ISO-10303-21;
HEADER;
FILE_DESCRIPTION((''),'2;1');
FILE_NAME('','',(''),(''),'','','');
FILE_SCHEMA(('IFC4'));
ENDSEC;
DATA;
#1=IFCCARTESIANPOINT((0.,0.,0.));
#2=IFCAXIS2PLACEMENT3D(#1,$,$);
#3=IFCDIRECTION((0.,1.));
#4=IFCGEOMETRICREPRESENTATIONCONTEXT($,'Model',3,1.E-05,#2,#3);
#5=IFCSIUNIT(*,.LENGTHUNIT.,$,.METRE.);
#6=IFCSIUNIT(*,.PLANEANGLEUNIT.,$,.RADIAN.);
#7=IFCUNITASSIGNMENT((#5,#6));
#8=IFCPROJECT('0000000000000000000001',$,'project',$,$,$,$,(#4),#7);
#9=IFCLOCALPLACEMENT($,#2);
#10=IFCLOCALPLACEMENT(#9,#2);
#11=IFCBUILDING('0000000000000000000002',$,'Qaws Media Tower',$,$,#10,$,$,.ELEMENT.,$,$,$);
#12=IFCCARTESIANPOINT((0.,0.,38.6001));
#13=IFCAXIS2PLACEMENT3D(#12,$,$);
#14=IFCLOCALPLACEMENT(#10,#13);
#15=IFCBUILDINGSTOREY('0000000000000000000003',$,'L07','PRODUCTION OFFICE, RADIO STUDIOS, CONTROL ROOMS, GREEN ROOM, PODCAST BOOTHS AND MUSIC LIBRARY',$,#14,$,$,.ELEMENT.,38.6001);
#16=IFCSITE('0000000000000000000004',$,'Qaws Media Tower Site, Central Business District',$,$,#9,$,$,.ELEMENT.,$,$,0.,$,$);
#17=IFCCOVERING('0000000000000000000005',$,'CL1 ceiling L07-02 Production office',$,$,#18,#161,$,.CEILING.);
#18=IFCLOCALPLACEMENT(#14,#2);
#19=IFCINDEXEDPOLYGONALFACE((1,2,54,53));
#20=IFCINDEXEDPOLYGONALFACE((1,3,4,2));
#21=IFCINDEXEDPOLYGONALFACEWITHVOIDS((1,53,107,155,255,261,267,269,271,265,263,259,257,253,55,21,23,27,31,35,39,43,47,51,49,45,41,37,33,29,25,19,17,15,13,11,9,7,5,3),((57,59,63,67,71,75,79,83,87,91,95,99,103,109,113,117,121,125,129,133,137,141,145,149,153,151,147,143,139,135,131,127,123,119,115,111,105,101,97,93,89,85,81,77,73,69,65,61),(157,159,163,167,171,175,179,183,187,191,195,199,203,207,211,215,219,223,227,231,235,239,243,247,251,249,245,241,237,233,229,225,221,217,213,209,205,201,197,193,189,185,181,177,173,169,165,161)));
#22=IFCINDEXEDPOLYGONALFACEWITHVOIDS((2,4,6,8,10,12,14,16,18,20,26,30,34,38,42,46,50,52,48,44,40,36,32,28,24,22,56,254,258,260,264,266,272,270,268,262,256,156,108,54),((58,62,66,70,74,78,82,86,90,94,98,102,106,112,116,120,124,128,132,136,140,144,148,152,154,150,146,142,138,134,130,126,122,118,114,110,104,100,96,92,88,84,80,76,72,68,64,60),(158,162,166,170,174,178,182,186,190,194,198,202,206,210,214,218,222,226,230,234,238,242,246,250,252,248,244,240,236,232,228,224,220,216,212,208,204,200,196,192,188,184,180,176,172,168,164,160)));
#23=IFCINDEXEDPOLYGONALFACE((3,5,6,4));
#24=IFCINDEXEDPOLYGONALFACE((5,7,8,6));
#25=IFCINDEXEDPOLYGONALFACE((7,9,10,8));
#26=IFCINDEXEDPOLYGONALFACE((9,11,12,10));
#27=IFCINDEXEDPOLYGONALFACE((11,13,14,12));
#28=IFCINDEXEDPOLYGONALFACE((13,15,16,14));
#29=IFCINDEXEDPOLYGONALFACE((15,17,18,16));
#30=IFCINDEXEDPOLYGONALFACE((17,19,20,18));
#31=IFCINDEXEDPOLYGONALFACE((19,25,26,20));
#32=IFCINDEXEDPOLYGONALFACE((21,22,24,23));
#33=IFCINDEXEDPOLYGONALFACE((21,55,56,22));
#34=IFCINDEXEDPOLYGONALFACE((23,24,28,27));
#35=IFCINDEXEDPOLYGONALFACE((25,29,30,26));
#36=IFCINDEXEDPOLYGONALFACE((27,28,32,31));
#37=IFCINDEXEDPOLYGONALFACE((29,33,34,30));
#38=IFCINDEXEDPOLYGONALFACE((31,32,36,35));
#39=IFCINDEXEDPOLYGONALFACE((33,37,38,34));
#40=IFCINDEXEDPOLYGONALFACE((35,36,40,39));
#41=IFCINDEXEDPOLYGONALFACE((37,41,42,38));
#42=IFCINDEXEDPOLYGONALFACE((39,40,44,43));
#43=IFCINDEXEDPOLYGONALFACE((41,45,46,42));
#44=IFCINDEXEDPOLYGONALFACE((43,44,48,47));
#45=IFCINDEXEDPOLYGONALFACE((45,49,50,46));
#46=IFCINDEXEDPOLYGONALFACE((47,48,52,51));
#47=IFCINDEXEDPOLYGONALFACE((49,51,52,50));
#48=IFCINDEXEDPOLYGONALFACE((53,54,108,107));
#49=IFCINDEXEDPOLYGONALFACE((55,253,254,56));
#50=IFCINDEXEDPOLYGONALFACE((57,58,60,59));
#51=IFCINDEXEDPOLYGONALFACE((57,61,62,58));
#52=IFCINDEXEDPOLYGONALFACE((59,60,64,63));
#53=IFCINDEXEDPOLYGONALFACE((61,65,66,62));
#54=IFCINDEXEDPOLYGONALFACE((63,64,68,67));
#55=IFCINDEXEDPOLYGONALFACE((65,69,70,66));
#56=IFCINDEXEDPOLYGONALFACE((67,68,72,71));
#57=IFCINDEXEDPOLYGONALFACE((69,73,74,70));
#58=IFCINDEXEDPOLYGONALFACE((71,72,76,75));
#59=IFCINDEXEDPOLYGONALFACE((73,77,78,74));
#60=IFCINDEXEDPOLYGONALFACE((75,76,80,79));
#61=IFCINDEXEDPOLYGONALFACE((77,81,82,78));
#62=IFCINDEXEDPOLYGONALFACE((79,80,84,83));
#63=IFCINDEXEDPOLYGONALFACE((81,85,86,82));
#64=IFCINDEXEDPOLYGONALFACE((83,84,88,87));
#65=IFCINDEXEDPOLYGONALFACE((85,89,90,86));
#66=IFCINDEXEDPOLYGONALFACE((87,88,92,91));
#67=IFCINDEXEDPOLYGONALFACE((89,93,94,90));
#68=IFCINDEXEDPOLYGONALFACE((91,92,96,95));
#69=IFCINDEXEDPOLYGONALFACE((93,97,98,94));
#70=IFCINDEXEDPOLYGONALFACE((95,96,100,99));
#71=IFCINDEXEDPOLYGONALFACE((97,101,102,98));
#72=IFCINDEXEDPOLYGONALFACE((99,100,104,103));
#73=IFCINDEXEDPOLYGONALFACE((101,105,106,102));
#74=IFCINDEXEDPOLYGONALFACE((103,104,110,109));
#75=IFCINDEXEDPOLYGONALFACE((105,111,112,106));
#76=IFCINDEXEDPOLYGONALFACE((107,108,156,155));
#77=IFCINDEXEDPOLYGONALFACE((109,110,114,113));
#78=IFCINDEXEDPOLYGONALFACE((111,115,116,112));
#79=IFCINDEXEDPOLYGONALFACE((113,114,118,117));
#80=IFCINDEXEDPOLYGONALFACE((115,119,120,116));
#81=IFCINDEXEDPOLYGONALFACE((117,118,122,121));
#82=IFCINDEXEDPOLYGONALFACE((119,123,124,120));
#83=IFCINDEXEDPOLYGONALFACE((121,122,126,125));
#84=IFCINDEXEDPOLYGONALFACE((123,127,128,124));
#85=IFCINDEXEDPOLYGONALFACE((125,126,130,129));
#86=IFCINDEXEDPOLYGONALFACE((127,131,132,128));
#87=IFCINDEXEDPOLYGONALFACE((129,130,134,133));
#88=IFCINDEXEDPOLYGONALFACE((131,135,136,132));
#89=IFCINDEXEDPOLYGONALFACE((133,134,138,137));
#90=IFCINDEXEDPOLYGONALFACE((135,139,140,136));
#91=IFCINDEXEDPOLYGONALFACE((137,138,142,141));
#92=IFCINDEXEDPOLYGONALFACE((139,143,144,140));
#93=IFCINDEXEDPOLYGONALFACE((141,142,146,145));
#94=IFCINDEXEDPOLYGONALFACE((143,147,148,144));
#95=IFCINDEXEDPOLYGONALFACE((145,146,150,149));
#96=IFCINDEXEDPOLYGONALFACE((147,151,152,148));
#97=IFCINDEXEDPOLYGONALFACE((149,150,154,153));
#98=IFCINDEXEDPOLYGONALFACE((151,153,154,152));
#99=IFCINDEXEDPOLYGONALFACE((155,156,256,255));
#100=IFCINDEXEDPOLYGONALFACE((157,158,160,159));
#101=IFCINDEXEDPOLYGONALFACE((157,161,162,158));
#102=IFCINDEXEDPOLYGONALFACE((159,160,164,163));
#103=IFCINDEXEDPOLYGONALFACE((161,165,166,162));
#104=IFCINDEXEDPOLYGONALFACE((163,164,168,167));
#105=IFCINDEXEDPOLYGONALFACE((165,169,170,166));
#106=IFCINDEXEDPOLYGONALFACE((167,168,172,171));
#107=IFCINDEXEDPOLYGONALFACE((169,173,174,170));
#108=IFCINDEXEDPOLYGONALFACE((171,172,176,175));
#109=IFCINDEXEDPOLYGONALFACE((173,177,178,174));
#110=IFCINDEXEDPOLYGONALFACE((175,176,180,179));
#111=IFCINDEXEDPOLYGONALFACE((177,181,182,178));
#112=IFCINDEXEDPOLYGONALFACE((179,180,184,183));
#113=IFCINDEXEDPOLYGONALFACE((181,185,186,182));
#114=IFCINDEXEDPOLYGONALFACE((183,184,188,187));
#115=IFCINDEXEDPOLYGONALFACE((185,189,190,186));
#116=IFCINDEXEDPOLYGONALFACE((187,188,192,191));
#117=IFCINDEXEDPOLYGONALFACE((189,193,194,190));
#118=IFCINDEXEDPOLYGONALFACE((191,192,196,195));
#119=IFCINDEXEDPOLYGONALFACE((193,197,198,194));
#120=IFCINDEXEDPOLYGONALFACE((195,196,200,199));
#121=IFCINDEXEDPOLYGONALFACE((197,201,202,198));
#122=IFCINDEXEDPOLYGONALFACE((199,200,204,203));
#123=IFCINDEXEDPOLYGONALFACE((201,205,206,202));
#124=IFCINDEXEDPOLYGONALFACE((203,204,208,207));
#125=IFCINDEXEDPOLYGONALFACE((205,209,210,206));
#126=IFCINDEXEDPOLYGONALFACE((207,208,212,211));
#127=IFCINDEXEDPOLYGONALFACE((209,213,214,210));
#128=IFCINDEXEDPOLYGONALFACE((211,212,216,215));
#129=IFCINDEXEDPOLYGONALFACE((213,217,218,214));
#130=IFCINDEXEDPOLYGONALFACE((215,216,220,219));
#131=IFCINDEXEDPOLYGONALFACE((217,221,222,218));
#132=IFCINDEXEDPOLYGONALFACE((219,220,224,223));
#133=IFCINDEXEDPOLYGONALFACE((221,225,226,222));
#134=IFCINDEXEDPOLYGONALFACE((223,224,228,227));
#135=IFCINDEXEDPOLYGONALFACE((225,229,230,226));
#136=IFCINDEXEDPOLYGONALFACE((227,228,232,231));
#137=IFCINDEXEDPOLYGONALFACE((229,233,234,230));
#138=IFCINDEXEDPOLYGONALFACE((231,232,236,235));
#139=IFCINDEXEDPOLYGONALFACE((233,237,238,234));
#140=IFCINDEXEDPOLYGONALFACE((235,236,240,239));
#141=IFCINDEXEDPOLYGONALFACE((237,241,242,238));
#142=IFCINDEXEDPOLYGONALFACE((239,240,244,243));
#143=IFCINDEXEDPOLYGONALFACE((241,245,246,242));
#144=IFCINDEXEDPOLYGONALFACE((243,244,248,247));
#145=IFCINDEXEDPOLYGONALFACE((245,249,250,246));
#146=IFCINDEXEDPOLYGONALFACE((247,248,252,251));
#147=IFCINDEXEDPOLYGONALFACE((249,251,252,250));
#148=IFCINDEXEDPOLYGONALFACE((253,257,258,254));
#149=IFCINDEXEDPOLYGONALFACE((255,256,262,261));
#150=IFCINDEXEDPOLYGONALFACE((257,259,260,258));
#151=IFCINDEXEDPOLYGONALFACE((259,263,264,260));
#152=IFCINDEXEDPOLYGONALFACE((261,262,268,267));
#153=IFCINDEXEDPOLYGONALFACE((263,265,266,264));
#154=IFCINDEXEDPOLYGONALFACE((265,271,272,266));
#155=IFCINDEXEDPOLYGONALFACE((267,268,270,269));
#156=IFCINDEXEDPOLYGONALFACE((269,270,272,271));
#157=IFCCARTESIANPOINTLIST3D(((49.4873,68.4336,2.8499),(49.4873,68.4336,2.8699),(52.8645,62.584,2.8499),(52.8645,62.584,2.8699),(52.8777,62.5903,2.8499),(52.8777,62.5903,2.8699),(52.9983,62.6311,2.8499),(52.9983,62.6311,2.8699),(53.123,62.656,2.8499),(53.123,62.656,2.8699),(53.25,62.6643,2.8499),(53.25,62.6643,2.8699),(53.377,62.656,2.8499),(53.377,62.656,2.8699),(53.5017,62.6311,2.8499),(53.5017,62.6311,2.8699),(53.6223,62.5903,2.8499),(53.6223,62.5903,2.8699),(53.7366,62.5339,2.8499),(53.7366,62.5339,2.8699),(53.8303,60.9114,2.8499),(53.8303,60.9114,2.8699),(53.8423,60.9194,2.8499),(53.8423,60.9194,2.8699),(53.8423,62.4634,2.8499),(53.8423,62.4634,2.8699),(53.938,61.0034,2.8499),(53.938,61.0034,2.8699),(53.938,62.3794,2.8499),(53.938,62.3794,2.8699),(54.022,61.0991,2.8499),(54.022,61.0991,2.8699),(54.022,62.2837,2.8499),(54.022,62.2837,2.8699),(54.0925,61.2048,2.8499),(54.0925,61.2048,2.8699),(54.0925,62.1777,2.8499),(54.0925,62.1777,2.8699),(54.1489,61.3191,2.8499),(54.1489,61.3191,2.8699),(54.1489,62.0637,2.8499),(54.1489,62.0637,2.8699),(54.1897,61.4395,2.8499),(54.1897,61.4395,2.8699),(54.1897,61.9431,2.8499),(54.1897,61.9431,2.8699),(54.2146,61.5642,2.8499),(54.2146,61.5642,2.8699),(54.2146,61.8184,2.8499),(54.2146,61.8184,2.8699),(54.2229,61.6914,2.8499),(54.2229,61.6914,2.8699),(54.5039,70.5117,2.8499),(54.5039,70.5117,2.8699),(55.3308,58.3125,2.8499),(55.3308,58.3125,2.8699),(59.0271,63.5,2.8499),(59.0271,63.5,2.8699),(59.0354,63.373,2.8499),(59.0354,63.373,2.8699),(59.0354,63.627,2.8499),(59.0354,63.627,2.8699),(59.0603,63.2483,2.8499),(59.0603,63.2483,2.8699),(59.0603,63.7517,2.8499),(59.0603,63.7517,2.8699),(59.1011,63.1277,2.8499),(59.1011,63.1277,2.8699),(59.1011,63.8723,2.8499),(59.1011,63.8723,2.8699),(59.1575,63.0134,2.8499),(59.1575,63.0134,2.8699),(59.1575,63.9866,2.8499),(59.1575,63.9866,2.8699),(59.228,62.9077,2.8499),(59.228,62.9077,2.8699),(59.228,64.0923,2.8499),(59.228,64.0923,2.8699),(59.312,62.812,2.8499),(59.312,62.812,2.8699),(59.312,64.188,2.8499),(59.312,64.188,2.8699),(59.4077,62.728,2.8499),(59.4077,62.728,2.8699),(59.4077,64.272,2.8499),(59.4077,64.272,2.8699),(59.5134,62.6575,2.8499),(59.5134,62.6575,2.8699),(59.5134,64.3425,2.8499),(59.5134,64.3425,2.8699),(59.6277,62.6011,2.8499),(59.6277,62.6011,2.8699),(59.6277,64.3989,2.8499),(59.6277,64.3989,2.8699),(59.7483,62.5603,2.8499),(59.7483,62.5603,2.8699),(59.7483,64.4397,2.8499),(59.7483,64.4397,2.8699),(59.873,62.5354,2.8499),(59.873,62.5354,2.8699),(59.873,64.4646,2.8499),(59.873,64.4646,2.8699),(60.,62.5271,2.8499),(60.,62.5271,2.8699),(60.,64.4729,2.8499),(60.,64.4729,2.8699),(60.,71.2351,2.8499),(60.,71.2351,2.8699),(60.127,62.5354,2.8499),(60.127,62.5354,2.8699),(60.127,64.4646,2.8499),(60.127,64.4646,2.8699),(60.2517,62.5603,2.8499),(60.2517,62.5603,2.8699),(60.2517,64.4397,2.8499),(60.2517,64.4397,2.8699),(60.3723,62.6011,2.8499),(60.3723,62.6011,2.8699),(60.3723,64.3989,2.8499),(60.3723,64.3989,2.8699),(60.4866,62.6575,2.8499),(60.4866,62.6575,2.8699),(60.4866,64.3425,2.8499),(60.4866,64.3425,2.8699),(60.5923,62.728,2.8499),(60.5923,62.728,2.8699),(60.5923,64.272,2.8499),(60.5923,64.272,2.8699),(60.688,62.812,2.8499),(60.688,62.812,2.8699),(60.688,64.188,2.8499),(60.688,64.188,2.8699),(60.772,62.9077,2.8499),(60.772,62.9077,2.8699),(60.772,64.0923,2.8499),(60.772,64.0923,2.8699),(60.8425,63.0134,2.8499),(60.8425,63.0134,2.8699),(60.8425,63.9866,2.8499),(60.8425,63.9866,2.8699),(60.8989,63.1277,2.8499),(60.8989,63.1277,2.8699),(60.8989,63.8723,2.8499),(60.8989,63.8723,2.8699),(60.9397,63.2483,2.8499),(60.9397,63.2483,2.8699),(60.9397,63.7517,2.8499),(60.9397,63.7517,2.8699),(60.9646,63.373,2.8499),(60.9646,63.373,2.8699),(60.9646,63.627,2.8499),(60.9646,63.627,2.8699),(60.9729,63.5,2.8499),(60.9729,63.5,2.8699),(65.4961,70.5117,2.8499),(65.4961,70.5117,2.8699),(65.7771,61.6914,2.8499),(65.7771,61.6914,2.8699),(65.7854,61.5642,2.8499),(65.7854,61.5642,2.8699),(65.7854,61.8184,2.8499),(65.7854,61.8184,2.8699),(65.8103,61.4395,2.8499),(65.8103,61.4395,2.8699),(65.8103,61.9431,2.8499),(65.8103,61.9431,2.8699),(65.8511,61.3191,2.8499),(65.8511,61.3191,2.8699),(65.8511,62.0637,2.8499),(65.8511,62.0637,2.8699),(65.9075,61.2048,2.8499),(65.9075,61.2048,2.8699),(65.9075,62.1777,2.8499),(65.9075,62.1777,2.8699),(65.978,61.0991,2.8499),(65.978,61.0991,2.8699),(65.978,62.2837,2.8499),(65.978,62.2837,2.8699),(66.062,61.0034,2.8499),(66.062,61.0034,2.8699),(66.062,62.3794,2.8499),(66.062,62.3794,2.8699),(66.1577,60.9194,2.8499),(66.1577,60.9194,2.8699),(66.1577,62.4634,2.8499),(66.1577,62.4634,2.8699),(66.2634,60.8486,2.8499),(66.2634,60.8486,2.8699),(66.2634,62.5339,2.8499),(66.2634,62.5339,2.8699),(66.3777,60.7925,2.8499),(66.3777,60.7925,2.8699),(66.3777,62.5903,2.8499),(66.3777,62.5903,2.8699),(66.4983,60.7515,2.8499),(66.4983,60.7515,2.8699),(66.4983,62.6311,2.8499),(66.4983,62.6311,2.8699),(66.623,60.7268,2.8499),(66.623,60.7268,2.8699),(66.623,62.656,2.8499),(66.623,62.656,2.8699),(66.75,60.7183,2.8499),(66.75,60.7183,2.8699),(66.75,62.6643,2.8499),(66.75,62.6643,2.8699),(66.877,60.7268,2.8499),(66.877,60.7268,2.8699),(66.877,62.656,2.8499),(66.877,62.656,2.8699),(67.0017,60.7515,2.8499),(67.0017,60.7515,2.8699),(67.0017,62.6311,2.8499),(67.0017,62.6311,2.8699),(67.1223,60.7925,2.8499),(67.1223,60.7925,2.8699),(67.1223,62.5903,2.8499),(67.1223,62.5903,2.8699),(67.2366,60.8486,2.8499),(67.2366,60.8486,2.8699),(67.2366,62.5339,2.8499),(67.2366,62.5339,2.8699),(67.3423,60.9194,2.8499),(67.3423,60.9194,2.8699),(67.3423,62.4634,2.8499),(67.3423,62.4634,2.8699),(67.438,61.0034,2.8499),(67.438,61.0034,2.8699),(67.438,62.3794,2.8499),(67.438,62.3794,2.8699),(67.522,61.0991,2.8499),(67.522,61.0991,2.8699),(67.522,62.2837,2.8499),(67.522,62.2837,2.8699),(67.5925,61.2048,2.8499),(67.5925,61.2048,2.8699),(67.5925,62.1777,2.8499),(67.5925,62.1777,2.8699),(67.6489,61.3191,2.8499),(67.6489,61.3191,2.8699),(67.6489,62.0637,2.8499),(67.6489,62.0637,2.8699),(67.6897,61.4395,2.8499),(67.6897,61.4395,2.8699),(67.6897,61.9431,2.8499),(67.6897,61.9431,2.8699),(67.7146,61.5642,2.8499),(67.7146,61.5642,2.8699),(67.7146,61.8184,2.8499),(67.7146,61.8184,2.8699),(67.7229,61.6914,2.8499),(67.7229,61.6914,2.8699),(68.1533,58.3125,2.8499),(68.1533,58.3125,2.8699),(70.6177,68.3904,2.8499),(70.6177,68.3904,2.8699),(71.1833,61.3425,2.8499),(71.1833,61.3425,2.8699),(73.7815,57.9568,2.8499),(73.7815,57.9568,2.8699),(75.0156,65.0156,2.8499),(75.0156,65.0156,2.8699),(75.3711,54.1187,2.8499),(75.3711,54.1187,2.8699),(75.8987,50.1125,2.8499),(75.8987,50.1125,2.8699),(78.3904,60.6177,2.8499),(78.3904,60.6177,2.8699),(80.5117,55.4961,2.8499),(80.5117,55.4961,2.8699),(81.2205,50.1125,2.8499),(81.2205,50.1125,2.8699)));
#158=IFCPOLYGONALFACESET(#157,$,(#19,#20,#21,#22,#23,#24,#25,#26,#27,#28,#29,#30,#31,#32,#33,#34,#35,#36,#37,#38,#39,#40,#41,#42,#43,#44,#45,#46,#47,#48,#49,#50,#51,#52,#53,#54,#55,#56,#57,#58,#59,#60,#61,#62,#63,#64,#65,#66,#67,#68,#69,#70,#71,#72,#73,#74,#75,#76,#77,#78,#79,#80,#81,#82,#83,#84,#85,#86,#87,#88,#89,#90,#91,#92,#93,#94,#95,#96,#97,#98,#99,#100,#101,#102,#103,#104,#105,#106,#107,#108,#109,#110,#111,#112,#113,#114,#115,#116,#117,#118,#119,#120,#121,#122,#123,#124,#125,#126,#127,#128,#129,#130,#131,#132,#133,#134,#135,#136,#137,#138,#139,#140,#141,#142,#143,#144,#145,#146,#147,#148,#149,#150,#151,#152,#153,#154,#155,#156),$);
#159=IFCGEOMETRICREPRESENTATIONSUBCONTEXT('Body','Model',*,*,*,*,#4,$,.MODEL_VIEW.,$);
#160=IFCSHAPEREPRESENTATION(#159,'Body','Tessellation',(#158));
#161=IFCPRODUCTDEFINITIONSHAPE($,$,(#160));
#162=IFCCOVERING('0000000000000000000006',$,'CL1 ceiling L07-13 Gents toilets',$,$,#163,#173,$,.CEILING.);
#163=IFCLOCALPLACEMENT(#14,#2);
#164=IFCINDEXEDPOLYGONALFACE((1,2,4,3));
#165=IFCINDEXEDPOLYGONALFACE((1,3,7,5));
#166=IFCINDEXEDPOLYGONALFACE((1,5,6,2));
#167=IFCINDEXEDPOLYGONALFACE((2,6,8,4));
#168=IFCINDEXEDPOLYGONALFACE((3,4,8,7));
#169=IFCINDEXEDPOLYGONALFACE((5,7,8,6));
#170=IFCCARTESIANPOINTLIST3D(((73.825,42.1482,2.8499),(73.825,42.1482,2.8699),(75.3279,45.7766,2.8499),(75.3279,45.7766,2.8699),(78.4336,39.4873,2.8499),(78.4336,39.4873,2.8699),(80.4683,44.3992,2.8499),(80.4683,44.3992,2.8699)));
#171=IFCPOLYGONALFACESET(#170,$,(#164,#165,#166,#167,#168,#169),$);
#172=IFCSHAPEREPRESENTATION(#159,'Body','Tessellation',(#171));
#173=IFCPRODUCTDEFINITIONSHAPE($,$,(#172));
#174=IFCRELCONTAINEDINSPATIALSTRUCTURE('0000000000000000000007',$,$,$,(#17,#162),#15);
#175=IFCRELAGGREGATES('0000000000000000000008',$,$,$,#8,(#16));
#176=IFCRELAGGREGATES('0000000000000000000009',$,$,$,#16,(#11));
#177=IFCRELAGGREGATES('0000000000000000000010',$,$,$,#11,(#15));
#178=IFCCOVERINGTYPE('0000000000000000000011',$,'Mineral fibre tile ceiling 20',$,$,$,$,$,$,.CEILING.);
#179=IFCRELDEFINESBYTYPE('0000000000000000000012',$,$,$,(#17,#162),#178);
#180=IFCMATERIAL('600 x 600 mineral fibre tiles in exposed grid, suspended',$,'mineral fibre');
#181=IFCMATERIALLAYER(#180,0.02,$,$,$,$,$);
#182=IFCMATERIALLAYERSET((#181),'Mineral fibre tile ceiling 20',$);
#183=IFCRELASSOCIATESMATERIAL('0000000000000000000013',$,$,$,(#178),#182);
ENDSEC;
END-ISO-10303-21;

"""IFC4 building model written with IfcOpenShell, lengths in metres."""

from ifc_helpers import new_model, si_unit, direction, frame, origin, place, context, subcontext, project, spatial, polyline, outline, extrude, material, layer, layer_set, type_object, element, save


model = new_model("IFC4")

# Units and contexts
model_context = context("Model", 3, precision=1e-05, world=origin(), true_north=direction((0.0, 1.0)))
body_context = subcontext(model_context, "Body", "Model", "MODEL_VIEW")
ifc_project = project(units=[si_unit("LENGTHUNIT", "METRE"), si_unit("PLANEANGLEUNIT", "RADIAN")], contexts=[model_context])

# Site, building, storey
site_placement = place(None, origin())
site = spatial("IfcSite", under=ifc_project, at=site_placement, Name="Qaws Media Tower Site, Central Business District", CompositionType="ELEMENT", RefElevation=0.0)
building_placement = place(site_placement, origin())
building = spatial("IfcBuilding", under=site, at=building_placement, Name="Qaws Media Tower", CompositionType="ELEMENT")
storey_placement = place(building_placement, frame((0.0, 0.0, 38.6001)))
storey = spatial("IfcBuildingStorey", under=building, at=storey_placement, Name="L07", Description="PRODUCTION OFFICE, RADIO STUDIOS, CONTROL ROOMS, GREEN ROOM, PODCAST BOOTHS AND MUSIC LIBRARY", CompositionType="ELEMENT", Elevation=38.6001)

# Coverings
ifc_material_1 = material(Name="600 x 600 mineral fibre tiles in exposed grid, suspended", Category="mineral fibre")
ifc_layer_1 = layer(ifc_material_1, 0.02)
ifc_layer_set_1 = layer_set([ifc_layer_1], Name="Mineral fibre tile ceiling 20")
covering_type_1 = type_object("IfcCoveringType", Name="Mineral fibre tile ceiling 20", PredefinedType="CEILING", material=ifc_layer_set_1)
covering_1_placement = place(storey_placement, frame((0.0, 0.0, 2.8499)))
element("IfcCovering", 1, at=covering_1_placement, inside=storey, type_object=covering_type_1, Name="CL1 ceiling L07-02 Production office", PredefinedType="CEILING", context=body_context, shape_type="SweptSolid", body=[
    extrude(outline(polyline([(54.5039, 70.5117), (60.0, 71.2351), (65.4961, 70.5117), (70.6177, 68.3904), (75.0156, 65.0156), (78.3904, 60.6177), (80.5117, 55.4961), (81.2205, 50.1125), (75.8987, 50.1125), (75.3711, 54.1187), (73.7815, 57.9568), (71.1833, 61.3425), (68.1533, 58.3125), (55.3308, 58.3125), (53.8303, 60.9114), (53.8423, 60.9194), (53.938, 61.0034), (54.022, 61.0991), (54.0925, 61.2048), (54.1489, 61.3191), (54.1897, 61.4395), (54.2146, 61.5642), (54.2229, 61.6914), (54.2146, 61.8184), (54.1897, 61.9431), (54.1489, 62.0637), (54.0925, 62.1777), (54.022, 62.2837), (53.938, 62.3794), (53.8423, 62.4634), (53.7366, 62.5339), (53.6223, 62.5903), (53.5017, 62.6311), (53.377, 62.656), (53.25, 62.6643), (53.123, 62.656), (52.9983, 62.6311), (52.8777, 62.5903), (52.8645, 62.584), (49.4873, 68.4336), (54.5039, 70.5117)]), holes=[polyline([(60.8989, 63.1277), (60.9397, 63.2483), (60.9646, 63.373), (60.9729, 63.5), (60.9646, 63.627), (60.9397, 63.7517), (60.8989, 63.8723), (60.8425, 63.9866), (60.772, 64.0923), (60.688, 64.188), (60.5923, 64.272), (60.4866, 64.3425), (60.3723, 64.3989), (60.2517, 64.4397), (60.127, 64.4646), (60.0, 64.4729), (59.873, 64.4646), (59.7483, 64.4397), (59.6277, 64.3989), (59.5134, 64.3425), (59.4077, 64.272), (59.312, 64.188), (59.228, 64.0923), (59.1575, 63.9866), (59.1011, 63.8723), (59.0603, 63.7517), (59.0354, 63.627), (59.0271, 63.5), (59.0354, 63.373), (59.0603, 63.2483), (59.1011, 63.1277), (59.1575, 63.0134), (59.228, 62.9077), (59.312, 62.812), (59.4077, 62.728), (59.5134, 62.6575), (59.6277, 62.6011), (59.7483, 62.5603), (59.873, 62.5354), (60.0, 62.5271), (60.127, 62.5354), (60.2517, 62.5603), (60.3723, 62.6011), (60.4866, 62.6575), (60.5923, 62.728), (60.688, 62.812), (60.772, 62.9077), (60.8425, 63.0134), (60.8989, 63.1277)]), polyline([(67.6489, 61.3191), (67.6897, 61.4395), (67.7146, 61.5642), (67.7229, 61.6914), (67.7146, 61.8184), (67.6897, 61.9431), (67.6489, 62.0637), (67.5925, 62.1777), (67.522, 62.2837), (67.438, 62.3794), (67.3423, 62.4634), (67.2366, 62.5339), (67.1223, 62.5903), (67.0017, 62.6311), (66.877, 62.656), (66.75, 62.6643), (66.623, 62.656), (66.4983, 62.6311), (66.3777, 62.5903), (66.2634, 62.5339), (66.1577, 62.4634), (66.062, 62.3794), (65.978, 62.2837), (65.9075, 62.1777), (65.8511, 62.0637), (65.8103, 61.9431), (65.7854, 61.8184), (65.7771, 61.6914), (65.7854, 61.5642), (65.8103, 61.4395), (65.8511, 61.3191), (65.9075, 61.2048), (65.978, 61.0991), (66.062, 61.0034), (66.1577, 60.9194), (66.2634, 60.8486), (66.3777, 60.7925), (66.4983, 60.7515), (66.623, 60.7268), (66.75, 60.7183), (66.877, 60.7268), (67.0017, 60.7515), (67.1223, 60.7925), (67.2366, 60.8486), (67.3423, 60.9194), (67.438, 61.0034), (67.522, 61.0991), (67.5925, 61.2048), (67.6489, 61.3191)])]), origin(), (0.0, 0.0, 1.0), 0.02),
])
covering_2_placement = place(storey_placement, frame((0.0, 0.0, 2.8499)))
element("IfcCovering", 2, at=covering_2_placement, inside=storey, type_object=covering_type_1, Name="CL1 ceiling L07-13 Gents toilets", PredefinedType="CEILING", context=body_context, shape_type="SweptSolid", body=[
    extrude(outline(polyline([(78.4336, 39.4873), (73.825, 42.1482), (75.3279, 45.7766), (80.4683, 44.3992), (78.4336, 39.4873)])), origin(), (0.0, 0.0, 1.0), 0.02),
])

save(model, "model.ifc")
